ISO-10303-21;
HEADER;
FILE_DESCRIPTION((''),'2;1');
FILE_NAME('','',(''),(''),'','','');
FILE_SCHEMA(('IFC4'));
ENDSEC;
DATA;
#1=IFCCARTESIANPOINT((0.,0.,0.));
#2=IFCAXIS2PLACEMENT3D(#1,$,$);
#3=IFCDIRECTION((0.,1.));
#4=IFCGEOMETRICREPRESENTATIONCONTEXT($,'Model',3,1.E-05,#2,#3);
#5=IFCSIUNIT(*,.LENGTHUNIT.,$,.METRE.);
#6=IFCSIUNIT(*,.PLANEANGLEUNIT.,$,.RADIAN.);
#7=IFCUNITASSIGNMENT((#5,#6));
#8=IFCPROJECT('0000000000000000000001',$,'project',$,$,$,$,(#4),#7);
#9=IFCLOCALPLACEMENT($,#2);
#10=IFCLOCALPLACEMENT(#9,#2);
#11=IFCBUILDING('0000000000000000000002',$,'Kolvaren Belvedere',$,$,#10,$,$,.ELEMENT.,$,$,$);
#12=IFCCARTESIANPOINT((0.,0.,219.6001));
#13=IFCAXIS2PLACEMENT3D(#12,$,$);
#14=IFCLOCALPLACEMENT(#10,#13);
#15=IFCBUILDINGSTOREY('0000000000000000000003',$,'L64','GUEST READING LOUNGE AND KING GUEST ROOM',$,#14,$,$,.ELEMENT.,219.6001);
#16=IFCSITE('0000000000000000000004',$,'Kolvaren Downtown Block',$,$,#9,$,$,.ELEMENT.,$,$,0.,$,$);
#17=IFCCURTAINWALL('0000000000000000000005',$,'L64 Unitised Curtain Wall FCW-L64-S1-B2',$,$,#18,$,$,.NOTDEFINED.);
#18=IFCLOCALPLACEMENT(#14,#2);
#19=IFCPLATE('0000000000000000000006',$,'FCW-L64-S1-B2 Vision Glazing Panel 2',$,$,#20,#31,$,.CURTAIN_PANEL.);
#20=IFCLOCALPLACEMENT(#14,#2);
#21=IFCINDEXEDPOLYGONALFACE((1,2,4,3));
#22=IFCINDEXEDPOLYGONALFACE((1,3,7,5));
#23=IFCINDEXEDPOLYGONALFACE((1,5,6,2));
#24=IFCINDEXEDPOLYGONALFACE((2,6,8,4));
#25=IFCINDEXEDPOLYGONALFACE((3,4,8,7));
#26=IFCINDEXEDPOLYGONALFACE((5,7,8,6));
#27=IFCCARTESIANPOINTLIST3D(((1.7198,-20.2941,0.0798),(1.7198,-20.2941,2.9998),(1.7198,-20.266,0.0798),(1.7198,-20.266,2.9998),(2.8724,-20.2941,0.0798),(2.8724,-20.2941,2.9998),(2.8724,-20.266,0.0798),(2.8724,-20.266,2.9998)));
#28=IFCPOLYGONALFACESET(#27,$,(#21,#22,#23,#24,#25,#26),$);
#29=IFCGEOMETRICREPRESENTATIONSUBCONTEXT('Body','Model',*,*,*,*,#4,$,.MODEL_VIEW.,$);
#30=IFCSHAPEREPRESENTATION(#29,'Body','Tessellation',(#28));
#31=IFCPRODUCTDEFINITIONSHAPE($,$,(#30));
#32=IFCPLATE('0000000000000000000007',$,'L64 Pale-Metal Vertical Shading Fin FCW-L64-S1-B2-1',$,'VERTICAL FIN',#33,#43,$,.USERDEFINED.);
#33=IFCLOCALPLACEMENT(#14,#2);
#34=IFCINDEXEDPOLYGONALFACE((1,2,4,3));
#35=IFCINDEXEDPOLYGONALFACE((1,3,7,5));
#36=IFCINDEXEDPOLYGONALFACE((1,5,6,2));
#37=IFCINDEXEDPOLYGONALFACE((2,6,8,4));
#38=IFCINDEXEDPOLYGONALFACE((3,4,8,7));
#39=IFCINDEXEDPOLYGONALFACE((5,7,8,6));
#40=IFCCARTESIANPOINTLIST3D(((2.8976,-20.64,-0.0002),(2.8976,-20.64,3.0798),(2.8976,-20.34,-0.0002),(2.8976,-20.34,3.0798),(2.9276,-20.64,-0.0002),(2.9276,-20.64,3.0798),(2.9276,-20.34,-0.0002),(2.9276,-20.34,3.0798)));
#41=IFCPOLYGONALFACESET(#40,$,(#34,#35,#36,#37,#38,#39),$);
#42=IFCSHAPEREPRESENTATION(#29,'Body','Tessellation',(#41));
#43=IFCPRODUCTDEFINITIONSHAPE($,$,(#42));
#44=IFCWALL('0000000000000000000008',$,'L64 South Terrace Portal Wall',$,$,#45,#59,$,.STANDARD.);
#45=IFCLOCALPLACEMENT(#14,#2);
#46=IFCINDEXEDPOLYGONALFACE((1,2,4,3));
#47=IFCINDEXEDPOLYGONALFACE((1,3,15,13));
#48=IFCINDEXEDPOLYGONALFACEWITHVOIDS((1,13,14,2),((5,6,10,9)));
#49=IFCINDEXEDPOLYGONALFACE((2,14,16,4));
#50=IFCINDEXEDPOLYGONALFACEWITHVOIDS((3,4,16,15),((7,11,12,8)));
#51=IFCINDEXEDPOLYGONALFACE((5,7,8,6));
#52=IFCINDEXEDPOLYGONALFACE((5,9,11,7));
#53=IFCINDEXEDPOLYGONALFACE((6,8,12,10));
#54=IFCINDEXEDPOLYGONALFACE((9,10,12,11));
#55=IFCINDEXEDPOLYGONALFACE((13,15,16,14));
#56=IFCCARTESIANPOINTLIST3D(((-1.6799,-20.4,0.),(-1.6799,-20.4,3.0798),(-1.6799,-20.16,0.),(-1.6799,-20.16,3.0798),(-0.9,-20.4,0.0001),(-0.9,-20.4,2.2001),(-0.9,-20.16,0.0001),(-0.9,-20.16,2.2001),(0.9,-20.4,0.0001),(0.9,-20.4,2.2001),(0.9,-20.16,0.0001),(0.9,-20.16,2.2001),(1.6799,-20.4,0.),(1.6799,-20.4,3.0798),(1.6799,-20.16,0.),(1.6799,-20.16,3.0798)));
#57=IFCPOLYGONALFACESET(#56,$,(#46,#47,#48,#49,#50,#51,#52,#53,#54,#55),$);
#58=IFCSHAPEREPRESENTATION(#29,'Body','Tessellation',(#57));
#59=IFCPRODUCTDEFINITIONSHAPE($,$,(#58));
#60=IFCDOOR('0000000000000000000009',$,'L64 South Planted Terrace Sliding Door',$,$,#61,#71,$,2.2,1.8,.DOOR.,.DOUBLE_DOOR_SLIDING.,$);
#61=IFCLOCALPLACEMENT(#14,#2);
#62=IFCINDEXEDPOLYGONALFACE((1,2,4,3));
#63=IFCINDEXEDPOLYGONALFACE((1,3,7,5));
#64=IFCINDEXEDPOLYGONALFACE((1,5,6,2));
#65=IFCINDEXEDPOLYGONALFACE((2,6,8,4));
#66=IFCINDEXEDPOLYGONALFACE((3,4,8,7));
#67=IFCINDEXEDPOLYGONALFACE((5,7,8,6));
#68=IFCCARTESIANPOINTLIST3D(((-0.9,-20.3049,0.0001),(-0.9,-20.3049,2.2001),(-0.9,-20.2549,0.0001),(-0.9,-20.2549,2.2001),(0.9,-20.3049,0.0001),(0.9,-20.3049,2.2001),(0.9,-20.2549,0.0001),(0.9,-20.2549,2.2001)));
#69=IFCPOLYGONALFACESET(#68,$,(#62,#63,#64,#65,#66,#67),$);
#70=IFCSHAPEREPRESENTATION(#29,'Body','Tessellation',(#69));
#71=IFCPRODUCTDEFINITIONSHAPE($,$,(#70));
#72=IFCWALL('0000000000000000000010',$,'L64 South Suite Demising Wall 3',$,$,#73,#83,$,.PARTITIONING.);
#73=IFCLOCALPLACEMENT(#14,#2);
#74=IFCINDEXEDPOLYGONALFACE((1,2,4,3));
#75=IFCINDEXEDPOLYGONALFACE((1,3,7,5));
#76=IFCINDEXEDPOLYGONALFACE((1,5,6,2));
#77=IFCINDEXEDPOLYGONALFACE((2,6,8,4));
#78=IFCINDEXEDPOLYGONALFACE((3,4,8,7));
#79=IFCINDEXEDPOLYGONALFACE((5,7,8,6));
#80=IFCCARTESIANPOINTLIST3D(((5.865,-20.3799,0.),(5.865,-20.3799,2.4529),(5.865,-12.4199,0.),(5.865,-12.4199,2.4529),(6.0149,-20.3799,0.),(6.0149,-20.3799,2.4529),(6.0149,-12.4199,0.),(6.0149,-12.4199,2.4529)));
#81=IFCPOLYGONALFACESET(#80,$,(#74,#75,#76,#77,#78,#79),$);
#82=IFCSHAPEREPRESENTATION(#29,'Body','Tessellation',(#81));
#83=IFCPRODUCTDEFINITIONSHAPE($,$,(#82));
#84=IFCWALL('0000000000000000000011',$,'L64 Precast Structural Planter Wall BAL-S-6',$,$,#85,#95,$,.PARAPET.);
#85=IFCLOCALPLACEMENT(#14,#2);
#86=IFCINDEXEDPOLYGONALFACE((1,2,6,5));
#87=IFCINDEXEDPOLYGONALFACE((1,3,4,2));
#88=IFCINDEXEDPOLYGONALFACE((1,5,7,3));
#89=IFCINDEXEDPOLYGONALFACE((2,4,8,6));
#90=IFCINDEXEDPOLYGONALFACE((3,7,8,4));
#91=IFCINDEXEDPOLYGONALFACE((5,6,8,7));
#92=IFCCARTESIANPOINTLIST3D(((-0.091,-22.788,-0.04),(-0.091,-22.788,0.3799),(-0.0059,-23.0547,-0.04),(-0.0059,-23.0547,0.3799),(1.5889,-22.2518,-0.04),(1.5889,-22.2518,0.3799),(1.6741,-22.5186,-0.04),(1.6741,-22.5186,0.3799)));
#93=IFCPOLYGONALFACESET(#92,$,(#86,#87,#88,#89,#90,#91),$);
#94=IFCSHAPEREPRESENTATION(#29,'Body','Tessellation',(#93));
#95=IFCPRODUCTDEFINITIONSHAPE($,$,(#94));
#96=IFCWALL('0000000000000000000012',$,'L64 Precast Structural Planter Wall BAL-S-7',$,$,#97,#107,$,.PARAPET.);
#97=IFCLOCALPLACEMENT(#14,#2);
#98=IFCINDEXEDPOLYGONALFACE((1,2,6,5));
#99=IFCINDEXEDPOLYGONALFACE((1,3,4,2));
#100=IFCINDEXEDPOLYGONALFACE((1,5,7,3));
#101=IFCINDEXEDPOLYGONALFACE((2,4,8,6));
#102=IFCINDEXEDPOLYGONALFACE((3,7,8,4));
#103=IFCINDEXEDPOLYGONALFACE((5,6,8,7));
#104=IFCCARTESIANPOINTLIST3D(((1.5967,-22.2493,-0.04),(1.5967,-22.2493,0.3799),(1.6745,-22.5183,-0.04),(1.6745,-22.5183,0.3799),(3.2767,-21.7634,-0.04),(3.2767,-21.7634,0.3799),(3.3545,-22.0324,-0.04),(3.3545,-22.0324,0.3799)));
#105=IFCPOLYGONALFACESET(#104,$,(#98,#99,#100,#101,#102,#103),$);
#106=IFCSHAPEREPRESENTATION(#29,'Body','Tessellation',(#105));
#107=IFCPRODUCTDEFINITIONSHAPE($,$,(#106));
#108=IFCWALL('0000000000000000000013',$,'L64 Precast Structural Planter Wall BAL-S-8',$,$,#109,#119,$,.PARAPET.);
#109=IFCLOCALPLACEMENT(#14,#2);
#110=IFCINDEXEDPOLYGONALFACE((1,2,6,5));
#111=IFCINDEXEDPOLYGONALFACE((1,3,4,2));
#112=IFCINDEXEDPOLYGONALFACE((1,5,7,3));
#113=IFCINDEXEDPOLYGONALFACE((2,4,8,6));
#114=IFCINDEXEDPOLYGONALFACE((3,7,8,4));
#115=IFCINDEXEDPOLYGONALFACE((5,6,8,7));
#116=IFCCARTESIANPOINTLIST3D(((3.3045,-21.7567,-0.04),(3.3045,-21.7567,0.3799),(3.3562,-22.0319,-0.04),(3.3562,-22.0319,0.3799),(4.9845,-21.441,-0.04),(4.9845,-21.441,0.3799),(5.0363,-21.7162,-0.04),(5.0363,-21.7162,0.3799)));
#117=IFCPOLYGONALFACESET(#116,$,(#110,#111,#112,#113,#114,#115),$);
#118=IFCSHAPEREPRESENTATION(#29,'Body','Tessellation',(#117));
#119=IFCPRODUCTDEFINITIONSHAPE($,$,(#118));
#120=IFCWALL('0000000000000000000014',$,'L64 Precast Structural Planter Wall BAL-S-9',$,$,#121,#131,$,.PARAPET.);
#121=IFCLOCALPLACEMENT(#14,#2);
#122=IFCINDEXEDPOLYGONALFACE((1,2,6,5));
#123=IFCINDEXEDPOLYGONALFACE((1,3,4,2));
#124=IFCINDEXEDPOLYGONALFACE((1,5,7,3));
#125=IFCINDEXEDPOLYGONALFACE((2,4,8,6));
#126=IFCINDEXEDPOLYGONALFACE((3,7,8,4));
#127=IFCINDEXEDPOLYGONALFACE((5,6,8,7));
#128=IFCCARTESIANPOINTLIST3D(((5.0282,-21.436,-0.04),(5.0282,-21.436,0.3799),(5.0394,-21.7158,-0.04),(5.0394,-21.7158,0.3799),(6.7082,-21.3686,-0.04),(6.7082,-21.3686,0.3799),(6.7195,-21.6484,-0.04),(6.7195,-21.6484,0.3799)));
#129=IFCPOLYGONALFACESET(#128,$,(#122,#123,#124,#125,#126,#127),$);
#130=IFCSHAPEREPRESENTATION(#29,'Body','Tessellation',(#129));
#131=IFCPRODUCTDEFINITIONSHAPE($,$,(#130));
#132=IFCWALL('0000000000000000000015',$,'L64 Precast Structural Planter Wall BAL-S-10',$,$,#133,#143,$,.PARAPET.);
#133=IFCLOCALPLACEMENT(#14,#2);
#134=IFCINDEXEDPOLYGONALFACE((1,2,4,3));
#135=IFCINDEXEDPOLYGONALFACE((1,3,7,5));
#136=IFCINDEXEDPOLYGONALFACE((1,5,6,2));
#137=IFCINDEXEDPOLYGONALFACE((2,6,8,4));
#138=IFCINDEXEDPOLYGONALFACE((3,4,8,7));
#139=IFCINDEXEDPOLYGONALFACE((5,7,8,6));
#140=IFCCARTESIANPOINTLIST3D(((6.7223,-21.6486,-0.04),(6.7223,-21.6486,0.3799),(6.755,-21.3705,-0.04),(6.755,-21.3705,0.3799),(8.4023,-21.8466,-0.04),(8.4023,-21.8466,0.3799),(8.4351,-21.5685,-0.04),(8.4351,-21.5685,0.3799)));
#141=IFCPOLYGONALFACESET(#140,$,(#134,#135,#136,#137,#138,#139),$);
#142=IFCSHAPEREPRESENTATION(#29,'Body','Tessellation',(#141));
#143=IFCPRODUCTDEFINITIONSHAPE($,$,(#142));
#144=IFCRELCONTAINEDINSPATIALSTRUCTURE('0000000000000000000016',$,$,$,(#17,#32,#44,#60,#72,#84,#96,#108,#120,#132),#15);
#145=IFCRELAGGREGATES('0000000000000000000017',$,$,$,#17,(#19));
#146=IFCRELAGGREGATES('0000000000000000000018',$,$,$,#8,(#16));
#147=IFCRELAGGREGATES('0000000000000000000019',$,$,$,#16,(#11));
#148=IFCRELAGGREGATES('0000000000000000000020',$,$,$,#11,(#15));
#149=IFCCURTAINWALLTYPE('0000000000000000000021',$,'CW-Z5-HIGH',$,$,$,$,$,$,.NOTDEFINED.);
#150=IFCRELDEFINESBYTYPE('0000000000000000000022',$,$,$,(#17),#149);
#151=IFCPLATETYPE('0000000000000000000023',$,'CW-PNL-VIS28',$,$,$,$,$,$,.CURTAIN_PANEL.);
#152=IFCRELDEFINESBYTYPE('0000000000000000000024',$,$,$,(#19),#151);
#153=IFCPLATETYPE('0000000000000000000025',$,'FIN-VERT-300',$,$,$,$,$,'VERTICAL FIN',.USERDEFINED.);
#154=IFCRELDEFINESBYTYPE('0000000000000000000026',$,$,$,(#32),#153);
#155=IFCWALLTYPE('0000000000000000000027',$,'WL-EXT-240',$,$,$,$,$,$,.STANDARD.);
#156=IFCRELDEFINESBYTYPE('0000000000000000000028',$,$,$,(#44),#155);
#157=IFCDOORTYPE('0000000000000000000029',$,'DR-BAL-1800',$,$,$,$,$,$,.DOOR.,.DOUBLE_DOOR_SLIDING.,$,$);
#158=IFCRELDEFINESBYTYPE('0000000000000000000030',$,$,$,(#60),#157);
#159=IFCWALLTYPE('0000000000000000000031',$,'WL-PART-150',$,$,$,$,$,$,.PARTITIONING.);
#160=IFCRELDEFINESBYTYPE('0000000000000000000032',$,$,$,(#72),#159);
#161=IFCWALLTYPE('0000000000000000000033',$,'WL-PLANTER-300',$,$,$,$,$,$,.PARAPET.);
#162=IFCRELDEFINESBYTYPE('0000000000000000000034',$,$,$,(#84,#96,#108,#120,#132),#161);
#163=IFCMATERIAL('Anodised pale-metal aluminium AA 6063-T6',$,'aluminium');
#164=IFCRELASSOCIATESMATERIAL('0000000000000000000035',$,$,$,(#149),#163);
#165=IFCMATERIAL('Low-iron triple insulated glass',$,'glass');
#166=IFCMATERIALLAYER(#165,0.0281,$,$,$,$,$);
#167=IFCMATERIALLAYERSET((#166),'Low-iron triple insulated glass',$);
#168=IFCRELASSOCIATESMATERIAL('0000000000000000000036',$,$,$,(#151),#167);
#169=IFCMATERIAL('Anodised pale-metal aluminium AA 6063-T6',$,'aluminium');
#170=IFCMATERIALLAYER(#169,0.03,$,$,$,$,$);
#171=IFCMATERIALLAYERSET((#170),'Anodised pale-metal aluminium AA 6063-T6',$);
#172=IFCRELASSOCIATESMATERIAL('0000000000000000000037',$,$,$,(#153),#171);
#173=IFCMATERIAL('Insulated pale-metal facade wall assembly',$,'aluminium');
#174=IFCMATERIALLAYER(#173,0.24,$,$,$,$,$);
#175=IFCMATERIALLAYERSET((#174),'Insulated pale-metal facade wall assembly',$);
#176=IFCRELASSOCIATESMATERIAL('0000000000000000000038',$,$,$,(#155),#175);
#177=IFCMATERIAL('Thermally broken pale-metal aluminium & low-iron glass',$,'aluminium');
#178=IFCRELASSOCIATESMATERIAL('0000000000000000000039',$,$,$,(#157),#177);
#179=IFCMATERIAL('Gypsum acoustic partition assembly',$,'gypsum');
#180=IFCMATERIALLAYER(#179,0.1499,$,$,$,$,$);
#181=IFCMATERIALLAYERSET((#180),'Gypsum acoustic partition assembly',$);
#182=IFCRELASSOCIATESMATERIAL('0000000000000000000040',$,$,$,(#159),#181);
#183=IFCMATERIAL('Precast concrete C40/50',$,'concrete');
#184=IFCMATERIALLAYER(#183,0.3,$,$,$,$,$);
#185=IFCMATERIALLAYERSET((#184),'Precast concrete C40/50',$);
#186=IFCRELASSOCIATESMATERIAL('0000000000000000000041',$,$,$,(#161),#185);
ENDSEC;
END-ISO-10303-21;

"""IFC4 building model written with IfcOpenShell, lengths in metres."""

from ifc_helpers import new_model, si_unit, direction, frame, frame_2d, origin, origin_2d, place, context, subcontext, project, spatial, rectangle, extrude, material, layer, layer_set, type_object, element, fill, aggregate, save


model = new_model("IFC4")

# Units and contexts
model_context = context("Model", 3, precision=1e-05, world=origin(), true_north=direction((0.0, 1.0)))
body_context = subcontext(model_context, "Body", "Model", "MODEL_VIEW")
ifc_project = project(units=[si_unit("LENGTHUNIT", "METRE"), si_unit("PLANEANGLEUNIT", "RADIAN")], contexts=[model_context])

# Site, building, storey
site_placement = place(None, origin())
site = spatial("IfcSite", under=ifc_project, at=site_placement, Name="Kolvaren Downtown Block", CompositionType="ELEMENT", RefElevation=0.0)
building_placement = place(site_placement, origin())
building = spatial("IfcBuilding", under=site, at=building_placement, Name="Kolvaren Belvedere", CompositionType="ELEMENT")
storey_placement = place(building_placement, frame((0.0, 0.0, 219.6001)))
storey = spatial("IfcBuildingStorey", under=building, at=storey_placement, Name="L64", Description="GUEST READING LOUNGE AND KING GUEST ROOM", CompositionType="ELEMENT", Elevation=219.6001)

# Shared definitions
ifc_material_1 = material(Name="Anodised pale-metal aluminium AA 6063-T6", Category="aluminium")
curtain_wall_type = type_object("IfcCurtainWallType", Name="CW-Z5-HIGH", PredefinedType="NOTDEFINED", material=ifc_material_1)

# Curtain wall
curtain_wall_1_placement = place(storey_placement, origin())
curtain_wall_1 = element("IfcCurtainWall", 1, at=curtain_wall_1_placement, inside=storey, type_object=curtain_wall_type, Name="L64 Unitised Curtain Wall FCW-L64-S1-B2", PredefinedType="NOTDEFINED")

# Plates
ifc_material_2 = material(Name="Low-iron triple insulated glass", Category="glass")
ifc_layer_1 = layer(ifc_material_2, 0.0281)
ifc_layer_set_1 = layer_set([ifc_layer_1], Name="Low-iron triple insulated glass")
plate_type_1 = type_object("IfcPlateType", Name="CW-PNL-VIS28", PredefinedType="CURTAIN_PANEL", material=ifc_layer_set_1)
plate_1_placement = place(storey_placement, frame((2.2961, -20.28, 0.0798), z_axis=(0.0, 0.0, 1.0), x_axis=(-1.0, 0.0, 0.0)))
plate_1 = element("IfcPlate", 2, at=plate_1_placement, type_object=plate_type_1, Name="FCW-L64-S1-B2 Vision Glazing Panel 2", PredefinedType="CURTAIN_PANEL", context=body_context, shape_type="SweptSolid", body=[
    extrude(rectangle(XDim=1.1526, YDim=0.0281, at=origin_2d()), origin(), (0.0, 0.0, 1.0), 2.9199),
])
aggregate(curtain_wall_1, [plate_1])
ifc_material_3 = material(Name="Anodised pale-metal aluminium AA 6063-T6", Category="aluminium")
ifc_layer_2 = layer(ifc_material_3, 0.03)
ifc_layer_set_2 = layer_set([ifc_layer_2], Name="Anodised pale-metal aluminium AA 6063-T6")
plate_type_2 = type_object("IfcPlateType", Name="FIN-VERT-300", ElementType="VERTICAL FIN", PredefinedType="USERDEFINED", material=ifc_layer_set_2)
plate_2_placement = place(storey_placement, frame((2.9126, -20.49, -0.0002), z_axis=(0.0, 0.0, 1.0), x_axis=(0.0, 1.0, 0.0)))
element("IfcPlate", 3, at=plate_2_placement, inside=storey, type_object=plate_type_2, Name="L64 Pale-Metal Vertical Shading Fin FCW-L64-S1-B2-1", ObjectType="VERTICAL FIN", PredefinedType="USERDEFINED", context=body_context, shape_type="SweptSolid", body=[
    extrude(rectangle(XDim=0.3, YDim=0.03, at=origin_2d()), origin(), (0.0, 0.0, 1.0), 3.0801),
])

# Wall, opening, door
ifc_material_4 = material(Name="Insulated pale-metal facade wall assembly", Category="aluminium")
ifc_layer_3 = layer(ifc_material_4, 0.24)
ifc_layer_set_3 = layer_set([ifc_layer_3], Name="Insulated pale-metal facade wall assembly")
wall_type_1 = type_object("IfcWallType", Name="WL-EXT-240", PredefinedType="STANDARD", material=ifc_layer_set_3)
wall_1_placement = place(storey_placement, frame((1.6799, -20.28, 0.0), z_axis=(0.0, 0.0, 1.0), x_axis=(-1.0, 0.0, 0.0)))
wall_1 = element("IfcWall", 4, at=wall_1_placement, inside=storey, type_object=wall_type_1, Name="L64 South Terrace Portal Wall", PredefinedType="STANDARD", context=body_context, shape_type="SweptSolid", body=[
    extrude(rectangle(XDim=3.3599, YDim=0.24, at=frame_2d((1.6799, 0.0))), origin(), (0.0, 0.0, 1.0), 3.0798),
])
opening_placement = place(wall_1_placement, frame((0.78, 0.0, 0.0)))
opening = element("IfcOpeningElement", 5, at=opening_placement, cuts=wall_1, PredefinedType="OPENING", context=body_context, shape_type="SweptSolid", body=[
    extrude(rectangle(XDim=1.8, YDim=2.2, at=frame_2d((0.8999, 1.1001))), frame((0.0, 0.1299, 0.0), z_axis=(0.0, -1.0, 0.0), x_axis=(1.0, 0.0, 0.0)), (0.0, 0.0, 1.0), 0.26),
])
ifc_material_5 = material(Name="Thermally broken pale-metal aluminium & low-iron glass", Category="aluminium")
door_type = type_object("IfcDoorType", Name="DR-BAL-1800", OperationType="DOUBLE_DOOR_SLIDING", PredefinedType="DOOR", material=ifc_material_5)
door_placement = place(opening_placement, origin())
door = element("IfcDoor", 6, at=door_placement, inside=storey, type_object=door_type, Name="L64 South Planted Terrace Sliding Door", OperationType="DOUBLE_DOOR_SLIDING", OverallHeight=2.2, OverallWidth=1.8, PredefinedType="DOOR", context=body_context, shape_type="SweptSolid", body=[
    extrude(rectangle(XDim=1.8, YDim=2.2, at=frame_2d((0.8999, 1.1001))), frame((0.0, 0.0249, 0.0), z_axis=(0.0, -1.0, 0.0), x_axis=(1.0, 0.0, 0.0)), (0.0, 0.0, 1.0), 0.05),
])
fill(opening, door)

# Walls
ifc_material_6 = material(Name="Gypsum acoustic partition assembly", Category="gypsum")
ifc_layer_4 = layer(ifc_material_6, 0.1499)
ifc_layer_set_4 = layer_set([ifc_layer_4], Name="Gypsum acoustic partition assembly")
wall_type_2 = type_object("IfcWallType", Name="WL-PART-150", PredefinedType="PARTITIONING", material=ifc_layer_set_4)
wall_2_placement = place(storey_placement, frame((5.9399, -20.3799, 0.0), z_axis=(0.0, 0.0, 1.0), x_axis=(0.0, 1.0, 0.0)))
element("IfcWall", 7, at=wall_2_placement, inside=storey, type_object=wall_type_2, Name="L64 South Suite Demising Wall 3", PredefinedType="PARTITIONING", context=body_context, shape_type="SweptSolid", body=[
    extrude(rectangle(XDim=7.96, YDim=0.1499, at=frame_2d((3.98, 0.0))), origin(), (0.0, 0.0, 1.0), 2.4529),
])
ifc_material_7 = material(Name="Precast concrete C40/50", Category="concrete")
ifc_layer_5 = layer(ifc_material_7, 0.3)
ifc_layer_set_5 = layer_set([ifc_layer_5], Name="Precast concrete C40/50")
wall_type_3 = type_object("IfcWallType", Name="WL-PLANTER-300", PredefinedType="PARAPET", material=ifc_layer_set_5)
wall_3_placement = place(storey_placement, frame((-0.0486, -22.9214, -0.04), z_axis=(0.0, 0.0, 1.0), x_axis=(0.952662, 0.304032, 0.0)))
element("IfcWall", 8, at=wall_3_placement, inside=storey, type_object=wall_type_3, Name="L64 Precast Structural Planter Wall BAL-S-6", PredefinedType="PARAPET", context=body_context, shape_type="SweptSolid", body=[
    extrude(rectangle(XDim=1.7634, YDim=0.28, at=frame_2d((0.8818, 0.0))), origin(), (0.0, 0.0, 1.0), 0.4199),
])
wall_4_placement = place(storey_placement, frame((1.6355, -22.3838, -0.04), z_axis=(0.0, 0.0, 1.0), x_axis=(0.960634, 0.277817, 0.0)))
element("IfcWall", 9, at=wall_4_placement, inside=storey, type_object=wall_type_3, Name="L64 Precast Structural Planter Wall BAL-S-7", PredefinedType="PARAPET", context=body_context, shape_type="SweptSolid", body=[
    extrude(rectangle(XDim=1.7488, YDim=0.28, at=frame_2d((0.8745, 0.0))), origin(), (0.0, 0.0, 1.0), 0.4199),
])
wall_5_placement = place(storey_placement, frame((3.3303, -21.8943, -0.04), z_axis=(0.0, 0.0, 1.0), x_axis=(0.982804, 0.184651, 0.0)))
element("IfcWall", 10, at=wall_5_placement, inside=storey, type_object=wall_type_3, Name="L64 Precast Structural Planter Wall BAL-S-8", PredefinedType="PARAPET", context=body_context, shape_type="SweptSolid", body=[
    extrude(rectangle(XDim=1.7095, YDim=0.28, at=frame_2d((0.8547, 0.0))), origin(), (0.0, 0.0, 1.0), 0.4199),
])
wall_6_placement = place(storey_placement, frame((5.0337, -21.5759, -0.04), z_axis=(0.0, 0.0, 1.0), x_axis=(0.999197, 0.040078, 0.0)))
element("IfcWall", 11, at=wall_6_placement, inside=storey, type_object=wall_type_3, Name="L64 Precast Structural Planter Wall BAL-S-9", PredefinedType="PARAPET", context=body_context, shape_type="SweptSolid", body=[
    extrude(rectangle(XDim=1.6814, YDim=0.28, at=frame_2d((0.8408, 0.0))), origin(), (0.0, 0.0, 1.0), 0.4199),
])
wall_7_placement = place(storey_placement, frame((6.7388, -21.5095, -0.04), z_axis=(0.0, 0.0, 1.0), x_axis=(0.993126, -0.117051, 0.0)))
element("IfcWall", 12, at=wall_7_placement, inside=storey, type_object=wall_type_3, Name="L64 Precast Structural Planter Wall BAL-S-10", PredefinedType="PARAPET", context=body_context, shape_type="SweptSolid", body=[
    extrude(rectangle(XDim=1.6917, YDim=0.28, at=frame_2d((0.8457, 0.0))), origin(), (0.0, 0.0, 1.0), 0.4199),
])

save(model, "model.ifc")
